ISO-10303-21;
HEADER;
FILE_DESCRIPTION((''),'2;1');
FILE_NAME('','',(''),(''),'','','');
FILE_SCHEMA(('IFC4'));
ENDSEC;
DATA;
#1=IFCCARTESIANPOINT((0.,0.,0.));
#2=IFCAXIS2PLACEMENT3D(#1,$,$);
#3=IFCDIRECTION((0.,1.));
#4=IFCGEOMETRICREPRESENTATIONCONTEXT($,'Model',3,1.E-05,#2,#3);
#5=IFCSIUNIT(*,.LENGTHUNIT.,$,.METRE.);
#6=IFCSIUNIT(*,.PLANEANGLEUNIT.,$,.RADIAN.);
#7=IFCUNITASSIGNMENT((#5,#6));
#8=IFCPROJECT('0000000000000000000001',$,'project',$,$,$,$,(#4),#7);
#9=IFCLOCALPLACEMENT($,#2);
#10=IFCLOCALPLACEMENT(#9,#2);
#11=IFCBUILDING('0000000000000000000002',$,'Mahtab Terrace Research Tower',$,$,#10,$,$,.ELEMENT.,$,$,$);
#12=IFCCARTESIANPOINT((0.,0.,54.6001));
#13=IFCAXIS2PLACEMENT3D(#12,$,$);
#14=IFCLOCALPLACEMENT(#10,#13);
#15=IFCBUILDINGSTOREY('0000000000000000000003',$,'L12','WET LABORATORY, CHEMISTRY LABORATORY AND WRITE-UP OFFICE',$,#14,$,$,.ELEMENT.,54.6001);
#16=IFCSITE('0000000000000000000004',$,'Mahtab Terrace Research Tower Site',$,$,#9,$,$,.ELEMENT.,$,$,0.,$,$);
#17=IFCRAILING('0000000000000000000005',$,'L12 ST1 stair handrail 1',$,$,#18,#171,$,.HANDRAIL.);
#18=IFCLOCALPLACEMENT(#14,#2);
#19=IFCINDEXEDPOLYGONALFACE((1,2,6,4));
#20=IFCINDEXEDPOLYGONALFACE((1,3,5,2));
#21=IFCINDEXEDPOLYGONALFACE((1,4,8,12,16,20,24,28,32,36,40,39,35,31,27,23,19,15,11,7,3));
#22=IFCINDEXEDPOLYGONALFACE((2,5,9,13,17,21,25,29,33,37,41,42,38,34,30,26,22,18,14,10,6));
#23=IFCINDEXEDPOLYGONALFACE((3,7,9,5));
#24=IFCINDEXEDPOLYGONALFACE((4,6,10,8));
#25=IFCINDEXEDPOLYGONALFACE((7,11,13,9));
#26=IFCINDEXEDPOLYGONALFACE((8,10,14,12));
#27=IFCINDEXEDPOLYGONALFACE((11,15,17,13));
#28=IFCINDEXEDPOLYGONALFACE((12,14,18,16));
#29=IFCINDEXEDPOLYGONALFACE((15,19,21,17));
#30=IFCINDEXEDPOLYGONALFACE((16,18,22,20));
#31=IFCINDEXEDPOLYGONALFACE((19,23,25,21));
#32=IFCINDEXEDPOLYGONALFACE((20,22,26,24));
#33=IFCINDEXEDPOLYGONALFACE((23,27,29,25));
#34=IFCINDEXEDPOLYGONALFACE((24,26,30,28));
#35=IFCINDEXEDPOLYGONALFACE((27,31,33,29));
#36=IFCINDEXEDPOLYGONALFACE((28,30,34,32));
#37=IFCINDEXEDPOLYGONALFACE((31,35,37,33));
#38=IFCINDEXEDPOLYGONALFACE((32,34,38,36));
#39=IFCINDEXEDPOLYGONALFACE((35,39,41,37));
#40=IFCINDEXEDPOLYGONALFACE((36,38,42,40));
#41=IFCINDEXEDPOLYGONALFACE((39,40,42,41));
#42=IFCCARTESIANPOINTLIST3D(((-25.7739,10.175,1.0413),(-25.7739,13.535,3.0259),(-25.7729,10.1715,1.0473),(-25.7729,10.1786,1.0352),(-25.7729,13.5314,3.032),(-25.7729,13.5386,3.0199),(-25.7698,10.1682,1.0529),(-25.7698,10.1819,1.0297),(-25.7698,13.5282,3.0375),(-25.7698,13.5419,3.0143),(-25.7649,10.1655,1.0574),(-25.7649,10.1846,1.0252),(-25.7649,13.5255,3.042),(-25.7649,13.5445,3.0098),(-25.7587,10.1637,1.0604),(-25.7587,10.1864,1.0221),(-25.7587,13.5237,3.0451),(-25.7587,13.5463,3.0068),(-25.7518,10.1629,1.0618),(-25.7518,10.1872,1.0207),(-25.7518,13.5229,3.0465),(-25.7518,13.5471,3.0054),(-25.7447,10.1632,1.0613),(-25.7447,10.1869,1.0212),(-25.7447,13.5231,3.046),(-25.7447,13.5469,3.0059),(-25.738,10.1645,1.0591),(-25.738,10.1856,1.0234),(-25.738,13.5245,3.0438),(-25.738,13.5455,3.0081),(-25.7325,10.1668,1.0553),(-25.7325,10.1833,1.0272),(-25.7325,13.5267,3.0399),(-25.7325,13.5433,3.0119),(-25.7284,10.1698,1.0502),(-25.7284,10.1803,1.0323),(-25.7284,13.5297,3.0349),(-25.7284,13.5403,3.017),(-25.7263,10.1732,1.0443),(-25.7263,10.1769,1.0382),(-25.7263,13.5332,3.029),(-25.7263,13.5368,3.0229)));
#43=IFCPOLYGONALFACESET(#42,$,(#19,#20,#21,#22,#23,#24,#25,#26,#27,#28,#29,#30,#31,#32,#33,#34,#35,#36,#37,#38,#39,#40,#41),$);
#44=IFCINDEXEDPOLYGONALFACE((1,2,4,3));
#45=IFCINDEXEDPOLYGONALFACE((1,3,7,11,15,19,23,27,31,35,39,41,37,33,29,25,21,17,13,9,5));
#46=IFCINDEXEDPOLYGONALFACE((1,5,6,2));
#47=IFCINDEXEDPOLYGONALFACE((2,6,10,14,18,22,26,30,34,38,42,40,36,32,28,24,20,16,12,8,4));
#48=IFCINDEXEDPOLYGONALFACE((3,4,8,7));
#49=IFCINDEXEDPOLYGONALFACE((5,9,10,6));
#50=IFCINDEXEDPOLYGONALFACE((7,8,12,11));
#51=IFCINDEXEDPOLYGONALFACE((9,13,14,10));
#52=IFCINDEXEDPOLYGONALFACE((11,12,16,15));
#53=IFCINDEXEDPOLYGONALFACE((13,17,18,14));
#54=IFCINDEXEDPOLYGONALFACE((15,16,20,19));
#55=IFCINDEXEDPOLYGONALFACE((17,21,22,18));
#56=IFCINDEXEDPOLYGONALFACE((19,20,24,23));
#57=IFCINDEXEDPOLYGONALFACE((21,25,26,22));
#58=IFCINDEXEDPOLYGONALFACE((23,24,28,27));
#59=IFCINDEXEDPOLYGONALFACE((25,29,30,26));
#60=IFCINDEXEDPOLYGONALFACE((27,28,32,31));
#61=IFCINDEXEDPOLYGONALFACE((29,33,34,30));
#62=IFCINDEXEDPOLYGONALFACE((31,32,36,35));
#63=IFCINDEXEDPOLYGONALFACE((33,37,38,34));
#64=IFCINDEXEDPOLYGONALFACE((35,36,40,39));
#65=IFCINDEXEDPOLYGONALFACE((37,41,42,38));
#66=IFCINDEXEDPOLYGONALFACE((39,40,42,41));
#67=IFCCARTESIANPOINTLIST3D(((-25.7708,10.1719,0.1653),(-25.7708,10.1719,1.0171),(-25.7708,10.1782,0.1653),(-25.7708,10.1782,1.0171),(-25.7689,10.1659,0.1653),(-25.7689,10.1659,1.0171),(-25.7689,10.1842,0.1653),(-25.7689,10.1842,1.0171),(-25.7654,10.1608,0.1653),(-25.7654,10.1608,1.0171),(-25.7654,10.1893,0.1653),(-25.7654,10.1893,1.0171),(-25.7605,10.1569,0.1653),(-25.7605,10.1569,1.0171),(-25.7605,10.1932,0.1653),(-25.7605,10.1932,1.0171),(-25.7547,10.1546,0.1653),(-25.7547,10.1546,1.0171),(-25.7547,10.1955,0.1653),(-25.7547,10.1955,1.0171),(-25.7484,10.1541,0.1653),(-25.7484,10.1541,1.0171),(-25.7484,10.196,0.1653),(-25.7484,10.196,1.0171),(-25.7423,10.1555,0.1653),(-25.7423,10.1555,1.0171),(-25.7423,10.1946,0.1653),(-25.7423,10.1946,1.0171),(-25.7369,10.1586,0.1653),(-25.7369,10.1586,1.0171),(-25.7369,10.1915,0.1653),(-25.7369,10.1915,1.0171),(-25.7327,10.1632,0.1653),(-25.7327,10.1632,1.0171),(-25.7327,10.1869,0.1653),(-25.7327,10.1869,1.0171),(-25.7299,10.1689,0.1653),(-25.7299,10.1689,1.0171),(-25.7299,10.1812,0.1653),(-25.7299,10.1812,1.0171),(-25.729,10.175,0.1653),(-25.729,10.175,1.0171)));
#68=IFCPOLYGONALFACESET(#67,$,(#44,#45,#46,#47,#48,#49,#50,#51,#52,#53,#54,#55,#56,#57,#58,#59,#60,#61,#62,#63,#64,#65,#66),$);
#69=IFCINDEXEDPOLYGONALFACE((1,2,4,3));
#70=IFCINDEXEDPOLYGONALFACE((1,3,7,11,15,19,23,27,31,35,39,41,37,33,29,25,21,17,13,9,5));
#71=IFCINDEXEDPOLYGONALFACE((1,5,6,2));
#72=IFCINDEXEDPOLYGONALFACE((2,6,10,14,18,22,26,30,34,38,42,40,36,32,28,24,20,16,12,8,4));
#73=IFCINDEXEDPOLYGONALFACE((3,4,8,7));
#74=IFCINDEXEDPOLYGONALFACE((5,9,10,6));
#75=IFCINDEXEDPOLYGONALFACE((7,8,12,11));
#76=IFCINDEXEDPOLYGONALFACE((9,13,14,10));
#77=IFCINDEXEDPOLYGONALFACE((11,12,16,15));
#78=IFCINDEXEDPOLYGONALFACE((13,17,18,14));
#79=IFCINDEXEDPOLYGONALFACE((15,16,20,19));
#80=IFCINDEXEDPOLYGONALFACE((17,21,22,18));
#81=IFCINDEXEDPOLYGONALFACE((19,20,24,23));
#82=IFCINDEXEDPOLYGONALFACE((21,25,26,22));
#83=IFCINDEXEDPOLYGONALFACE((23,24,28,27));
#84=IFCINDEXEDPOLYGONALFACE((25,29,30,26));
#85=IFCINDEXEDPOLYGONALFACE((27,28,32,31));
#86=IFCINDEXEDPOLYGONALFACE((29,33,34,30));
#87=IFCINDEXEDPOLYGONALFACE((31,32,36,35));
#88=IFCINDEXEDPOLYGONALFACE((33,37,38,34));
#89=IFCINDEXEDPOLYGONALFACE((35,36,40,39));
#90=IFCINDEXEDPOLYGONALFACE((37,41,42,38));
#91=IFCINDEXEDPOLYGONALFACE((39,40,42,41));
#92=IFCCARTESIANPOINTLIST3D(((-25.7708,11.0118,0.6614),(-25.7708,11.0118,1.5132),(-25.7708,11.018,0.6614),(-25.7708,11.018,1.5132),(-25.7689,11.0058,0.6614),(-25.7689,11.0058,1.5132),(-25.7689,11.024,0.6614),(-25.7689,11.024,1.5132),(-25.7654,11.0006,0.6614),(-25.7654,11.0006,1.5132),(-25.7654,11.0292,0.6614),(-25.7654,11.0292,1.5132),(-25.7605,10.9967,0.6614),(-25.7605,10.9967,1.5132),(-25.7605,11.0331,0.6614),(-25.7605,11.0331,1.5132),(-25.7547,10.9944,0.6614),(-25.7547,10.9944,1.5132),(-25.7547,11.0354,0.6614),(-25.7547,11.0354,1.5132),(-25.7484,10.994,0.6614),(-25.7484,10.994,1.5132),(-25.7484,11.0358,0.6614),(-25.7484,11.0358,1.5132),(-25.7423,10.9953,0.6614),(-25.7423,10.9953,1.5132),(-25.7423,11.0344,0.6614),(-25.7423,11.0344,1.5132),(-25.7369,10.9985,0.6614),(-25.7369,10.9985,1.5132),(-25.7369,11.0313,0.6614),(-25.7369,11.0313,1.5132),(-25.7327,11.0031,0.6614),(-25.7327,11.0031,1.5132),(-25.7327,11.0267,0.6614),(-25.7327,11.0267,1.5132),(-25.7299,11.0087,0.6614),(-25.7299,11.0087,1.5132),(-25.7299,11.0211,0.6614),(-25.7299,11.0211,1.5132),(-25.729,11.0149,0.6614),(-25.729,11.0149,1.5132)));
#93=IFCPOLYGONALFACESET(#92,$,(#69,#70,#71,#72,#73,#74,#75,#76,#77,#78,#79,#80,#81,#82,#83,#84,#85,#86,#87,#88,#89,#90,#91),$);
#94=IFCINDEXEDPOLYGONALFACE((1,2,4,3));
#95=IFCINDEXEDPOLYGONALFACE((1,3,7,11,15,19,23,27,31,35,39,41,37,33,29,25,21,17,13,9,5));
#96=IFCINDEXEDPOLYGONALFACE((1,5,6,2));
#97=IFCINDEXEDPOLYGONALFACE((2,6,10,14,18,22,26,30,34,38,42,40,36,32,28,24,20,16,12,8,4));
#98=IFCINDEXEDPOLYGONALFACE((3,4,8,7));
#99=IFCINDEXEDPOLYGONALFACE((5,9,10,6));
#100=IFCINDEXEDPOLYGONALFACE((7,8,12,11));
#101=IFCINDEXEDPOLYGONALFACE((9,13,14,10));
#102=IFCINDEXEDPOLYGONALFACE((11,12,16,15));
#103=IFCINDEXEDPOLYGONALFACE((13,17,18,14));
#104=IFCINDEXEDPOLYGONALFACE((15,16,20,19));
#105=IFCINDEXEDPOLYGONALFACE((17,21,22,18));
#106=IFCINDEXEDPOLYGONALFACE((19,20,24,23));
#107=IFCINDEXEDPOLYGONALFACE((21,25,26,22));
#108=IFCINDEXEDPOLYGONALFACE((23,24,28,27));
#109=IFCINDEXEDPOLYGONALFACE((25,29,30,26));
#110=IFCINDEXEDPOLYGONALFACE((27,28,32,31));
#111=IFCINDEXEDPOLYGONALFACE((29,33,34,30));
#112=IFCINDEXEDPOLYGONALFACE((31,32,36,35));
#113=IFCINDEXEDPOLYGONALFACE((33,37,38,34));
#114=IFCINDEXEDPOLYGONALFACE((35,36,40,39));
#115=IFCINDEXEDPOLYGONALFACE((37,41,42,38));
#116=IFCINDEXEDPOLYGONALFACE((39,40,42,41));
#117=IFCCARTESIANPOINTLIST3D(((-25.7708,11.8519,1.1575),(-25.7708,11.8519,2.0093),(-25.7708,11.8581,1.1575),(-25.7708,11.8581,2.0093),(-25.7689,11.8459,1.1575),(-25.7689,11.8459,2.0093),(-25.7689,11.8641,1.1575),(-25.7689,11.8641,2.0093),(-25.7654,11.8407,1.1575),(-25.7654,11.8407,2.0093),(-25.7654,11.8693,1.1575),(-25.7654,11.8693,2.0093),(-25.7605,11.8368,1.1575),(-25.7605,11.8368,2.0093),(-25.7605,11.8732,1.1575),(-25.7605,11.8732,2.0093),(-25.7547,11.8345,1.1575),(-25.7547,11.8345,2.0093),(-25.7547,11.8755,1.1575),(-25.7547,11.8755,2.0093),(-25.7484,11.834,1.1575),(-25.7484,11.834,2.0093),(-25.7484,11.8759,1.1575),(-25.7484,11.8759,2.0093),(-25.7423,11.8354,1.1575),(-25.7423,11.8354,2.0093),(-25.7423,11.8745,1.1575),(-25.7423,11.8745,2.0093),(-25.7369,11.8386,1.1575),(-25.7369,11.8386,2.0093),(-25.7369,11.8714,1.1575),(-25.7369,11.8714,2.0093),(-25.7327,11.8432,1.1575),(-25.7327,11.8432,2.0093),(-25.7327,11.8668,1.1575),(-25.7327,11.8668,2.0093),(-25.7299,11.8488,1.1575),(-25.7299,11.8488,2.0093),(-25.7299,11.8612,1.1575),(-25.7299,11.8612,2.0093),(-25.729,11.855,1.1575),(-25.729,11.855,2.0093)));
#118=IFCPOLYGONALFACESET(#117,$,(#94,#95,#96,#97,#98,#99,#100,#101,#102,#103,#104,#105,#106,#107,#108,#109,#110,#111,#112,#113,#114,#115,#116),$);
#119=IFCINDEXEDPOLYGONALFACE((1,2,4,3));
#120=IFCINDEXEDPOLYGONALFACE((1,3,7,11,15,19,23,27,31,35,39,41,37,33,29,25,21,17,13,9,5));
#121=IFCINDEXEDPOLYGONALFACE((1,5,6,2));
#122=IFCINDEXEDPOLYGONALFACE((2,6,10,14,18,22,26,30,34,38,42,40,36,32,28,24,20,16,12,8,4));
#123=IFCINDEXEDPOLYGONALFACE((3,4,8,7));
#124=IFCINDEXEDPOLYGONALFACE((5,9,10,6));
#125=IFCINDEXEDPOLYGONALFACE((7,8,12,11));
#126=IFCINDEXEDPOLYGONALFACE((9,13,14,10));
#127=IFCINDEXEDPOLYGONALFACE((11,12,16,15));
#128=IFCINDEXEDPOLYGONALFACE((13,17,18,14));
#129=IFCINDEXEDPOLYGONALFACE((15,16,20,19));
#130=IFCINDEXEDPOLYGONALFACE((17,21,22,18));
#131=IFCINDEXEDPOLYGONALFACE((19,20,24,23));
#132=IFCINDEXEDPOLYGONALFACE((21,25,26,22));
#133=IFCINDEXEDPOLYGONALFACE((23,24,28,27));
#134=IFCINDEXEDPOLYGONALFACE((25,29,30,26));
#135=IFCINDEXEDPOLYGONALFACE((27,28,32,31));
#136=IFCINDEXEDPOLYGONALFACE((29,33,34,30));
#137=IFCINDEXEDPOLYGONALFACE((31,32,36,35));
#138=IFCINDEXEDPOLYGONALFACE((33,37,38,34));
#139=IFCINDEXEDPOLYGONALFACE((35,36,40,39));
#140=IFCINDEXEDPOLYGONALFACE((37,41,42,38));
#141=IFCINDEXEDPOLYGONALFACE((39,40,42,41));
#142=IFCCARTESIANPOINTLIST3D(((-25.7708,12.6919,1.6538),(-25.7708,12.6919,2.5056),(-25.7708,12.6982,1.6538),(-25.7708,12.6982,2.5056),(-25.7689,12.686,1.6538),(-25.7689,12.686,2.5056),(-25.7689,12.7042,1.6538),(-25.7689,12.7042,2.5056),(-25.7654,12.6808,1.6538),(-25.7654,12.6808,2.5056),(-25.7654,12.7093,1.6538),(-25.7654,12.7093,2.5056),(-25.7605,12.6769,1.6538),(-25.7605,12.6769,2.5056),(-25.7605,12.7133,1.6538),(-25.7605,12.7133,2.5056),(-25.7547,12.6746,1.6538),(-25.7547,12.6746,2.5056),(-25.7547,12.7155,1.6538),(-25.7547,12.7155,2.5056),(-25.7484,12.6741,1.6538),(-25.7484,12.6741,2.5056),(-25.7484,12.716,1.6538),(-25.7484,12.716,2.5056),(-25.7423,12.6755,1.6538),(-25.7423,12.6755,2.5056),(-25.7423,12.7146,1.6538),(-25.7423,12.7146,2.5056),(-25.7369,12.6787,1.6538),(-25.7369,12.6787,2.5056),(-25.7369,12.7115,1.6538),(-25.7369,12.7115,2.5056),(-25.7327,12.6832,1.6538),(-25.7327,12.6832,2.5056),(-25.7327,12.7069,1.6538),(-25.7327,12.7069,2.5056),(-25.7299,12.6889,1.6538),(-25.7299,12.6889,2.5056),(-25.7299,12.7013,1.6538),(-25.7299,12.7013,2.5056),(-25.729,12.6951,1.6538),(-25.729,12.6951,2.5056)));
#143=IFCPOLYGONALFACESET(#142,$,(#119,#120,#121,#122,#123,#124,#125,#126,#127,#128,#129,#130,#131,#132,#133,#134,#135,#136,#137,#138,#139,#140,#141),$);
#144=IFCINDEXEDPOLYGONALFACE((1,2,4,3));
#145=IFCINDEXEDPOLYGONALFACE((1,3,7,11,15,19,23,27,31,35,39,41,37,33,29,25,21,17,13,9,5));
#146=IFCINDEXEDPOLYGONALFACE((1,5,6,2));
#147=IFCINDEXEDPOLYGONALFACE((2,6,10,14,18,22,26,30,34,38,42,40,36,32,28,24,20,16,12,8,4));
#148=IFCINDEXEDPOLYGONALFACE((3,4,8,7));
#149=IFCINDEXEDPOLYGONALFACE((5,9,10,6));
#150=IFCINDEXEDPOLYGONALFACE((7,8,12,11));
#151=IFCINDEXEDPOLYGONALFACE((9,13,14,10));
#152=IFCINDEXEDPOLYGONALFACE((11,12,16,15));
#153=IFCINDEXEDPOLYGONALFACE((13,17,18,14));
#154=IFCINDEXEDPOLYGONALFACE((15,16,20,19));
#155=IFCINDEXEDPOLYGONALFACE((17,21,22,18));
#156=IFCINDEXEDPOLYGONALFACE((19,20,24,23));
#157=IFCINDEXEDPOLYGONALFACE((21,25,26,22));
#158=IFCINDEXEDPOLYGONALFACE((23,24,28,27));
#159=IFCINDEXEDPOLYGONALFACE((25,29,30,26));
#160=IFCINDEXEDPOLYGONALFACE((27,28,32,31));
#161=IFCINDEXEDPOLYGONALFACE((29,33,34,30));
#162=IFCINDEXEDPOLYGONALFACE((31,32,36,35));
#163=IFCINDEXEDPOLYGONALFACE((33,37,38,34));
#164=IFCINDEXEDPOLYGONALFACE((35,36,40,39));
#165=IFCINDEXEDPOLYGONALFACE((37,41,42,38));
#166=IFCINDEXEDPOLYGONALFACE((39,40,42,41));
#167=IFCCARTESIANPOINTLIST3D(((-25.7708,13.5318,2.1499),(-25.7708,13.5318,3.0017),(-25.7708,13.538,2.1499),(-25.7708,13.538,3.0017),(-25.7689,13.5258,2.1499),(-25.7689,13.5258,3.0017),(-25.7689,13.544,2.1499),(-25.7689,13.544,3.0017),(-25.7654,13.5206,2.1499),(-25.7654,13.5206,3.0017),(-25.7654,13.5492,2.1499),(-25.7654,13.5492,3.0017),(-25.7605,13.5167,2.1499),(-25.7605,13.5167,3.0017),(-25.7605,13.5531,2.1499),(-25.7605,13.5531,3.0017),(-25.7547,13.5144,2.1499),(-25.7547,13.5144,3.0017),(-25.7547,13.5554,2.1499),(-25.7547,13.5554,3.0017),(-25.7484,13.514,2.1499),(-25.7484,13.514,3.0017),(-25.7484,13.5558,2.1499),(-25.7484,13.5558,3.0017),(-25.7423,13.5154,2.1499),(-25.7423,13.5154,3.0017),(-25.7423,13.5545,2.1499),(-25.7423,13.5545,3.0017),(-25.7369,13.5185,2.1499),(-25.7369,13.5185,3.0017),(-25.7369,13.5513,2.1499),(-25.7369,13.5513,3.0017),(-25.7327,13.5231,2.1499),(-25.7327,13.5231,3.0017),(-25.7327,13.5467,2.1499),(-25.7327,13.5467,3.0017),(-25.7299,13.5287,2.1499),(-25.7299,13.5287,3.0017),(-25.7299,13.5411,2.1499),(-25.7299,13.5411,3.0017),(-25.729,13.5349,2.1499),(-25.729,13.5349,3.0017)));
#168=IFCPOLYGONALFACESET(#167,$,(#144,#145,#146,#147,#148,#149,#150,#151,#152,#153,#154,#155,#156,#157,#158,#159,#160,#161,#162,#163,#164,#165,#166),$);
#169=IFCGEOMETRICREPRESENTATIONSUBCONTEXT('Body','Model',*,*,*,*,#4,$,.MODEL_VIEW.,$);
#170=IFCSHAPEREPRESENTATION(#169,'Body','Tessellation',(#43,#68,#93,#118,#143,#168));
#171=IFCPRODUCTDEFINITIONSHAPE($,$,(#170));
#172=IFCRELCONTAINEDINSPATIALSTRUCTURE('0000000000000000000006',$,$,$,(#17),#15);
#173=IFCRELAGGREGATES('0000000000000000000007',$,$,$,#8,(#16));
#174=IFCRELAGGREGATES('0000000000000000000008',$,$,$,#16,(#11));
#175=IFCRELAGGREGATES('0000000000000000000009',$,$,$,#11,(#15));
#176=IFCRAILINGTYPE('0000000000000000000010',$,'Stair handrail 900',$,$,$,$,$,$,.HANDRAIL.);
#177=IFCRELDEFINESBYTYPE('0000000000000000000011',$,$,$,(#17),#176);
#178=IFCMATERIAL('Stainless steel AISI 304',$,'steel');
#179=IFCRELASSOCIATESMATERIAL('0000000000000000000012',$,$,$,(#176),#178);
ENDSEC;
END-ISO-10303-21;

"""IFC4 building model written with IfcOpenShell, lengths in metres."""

from ifc_helpers import new_model, si_unit, direction, frame, origin, origin_2d, place, context, subcontext, project, spatial, circle, extrude, material, type_object, element, save


model = new_model("IFC4")

# Units and contexts
model_context = context("Model", 3, precision=1e-05, world=origin(), true_north=direction((0.0, 1.0)))
body_context = subcontext(model_context, "Body", "Model", "MODEL_VIEW")
ifc_project = project(units=[si_unit("LENGTHUNIT", "METRE"), si_unit("PLANEANGLEUNIT", "RADIAN")], contexts=[model_context])

# Site, building, storey
site_placement = place(None, origin())
site = spatial("IfcSite", under=ifc_project, at=site_placement, Name="Mahtab Terrace Research Tower Site", CompositionType="ELEMENT", RefElevation=0.0)
building_placement = place(site_placement, origin())
building = spatial("IfcBuilding", under=site, at=building_placement, Name="Mahtab Terrace Research Tower", CompositionType="ELEMENT")
storey_placement = place(building_placement, frame((0.0, 0.0, 54.6001)))
storey = spatial("IfcBuildingStorey", under=building, at=storey_placement, Name="L12", Description="WET LABORATORY, CHEMISTRY LABORATORY AND WRITE-UP OFFICE", CompositionType="ELEMENT", Elevation=54.6001)

# Railing
ifc_material_1 = material(Name="Stainless steel AISI 304", Category="steel")
railing_type_1 = type_object("IfcRailingType", Name="Stair handrail 900", PredefinedType="HANDRAIL", material=ifc_material_1)
railing_1_placement = place(storey_placement, frame((-25.75, 10.175, 0.1653)))
element("IfcRailing", 1, at=railing_1_placement, inside=storey, type_object=railing_type_1, Name="L12 ST1 stair handrail 1", PredefinedType="HANDRAIL", context=body_context, shape_type="SweptSolid", body=[
    extrude(circle(Radius=0.0239, at=origin_2d()), frame((0.0, 0.0, 0.876), z_axis=(0.0, 0.861011, 0.508586), x_axis=(-1.0, 0.0, 0.0)), (0.0, 0.0, 1.0), 3.9023),
    extrude(circle(Radius=0.021, at=origin_2d()), origin(), (0.0, 0.0, 1.0), 0.8518),
    extrude(circle(Radius=0.021, at=origin_2d()), frame((0.0, 0.8398, 0.4961)), (0.0, 0.0, 1.0), 0.8518),
    extrude(circle(Radius=0.021, at=origin_2d()), frame((0.0, 1.6799, 0.9922)), (0.0, 0.0, 1.0), 0.8518),
    extrude(circle(Radius=0.021, at=origin_2d()), frame((0.0, 2.52, 1.4885)), (0.0, 0.0, 1.0), 0.8518),
    extrude(circle(Radius=0.021, at=origin_2d()), frame((0.0, 3.3599, 1.9846)), (0.0, 0.0, 1.0), 0.8518),
])

save(model, "model.ifc")
